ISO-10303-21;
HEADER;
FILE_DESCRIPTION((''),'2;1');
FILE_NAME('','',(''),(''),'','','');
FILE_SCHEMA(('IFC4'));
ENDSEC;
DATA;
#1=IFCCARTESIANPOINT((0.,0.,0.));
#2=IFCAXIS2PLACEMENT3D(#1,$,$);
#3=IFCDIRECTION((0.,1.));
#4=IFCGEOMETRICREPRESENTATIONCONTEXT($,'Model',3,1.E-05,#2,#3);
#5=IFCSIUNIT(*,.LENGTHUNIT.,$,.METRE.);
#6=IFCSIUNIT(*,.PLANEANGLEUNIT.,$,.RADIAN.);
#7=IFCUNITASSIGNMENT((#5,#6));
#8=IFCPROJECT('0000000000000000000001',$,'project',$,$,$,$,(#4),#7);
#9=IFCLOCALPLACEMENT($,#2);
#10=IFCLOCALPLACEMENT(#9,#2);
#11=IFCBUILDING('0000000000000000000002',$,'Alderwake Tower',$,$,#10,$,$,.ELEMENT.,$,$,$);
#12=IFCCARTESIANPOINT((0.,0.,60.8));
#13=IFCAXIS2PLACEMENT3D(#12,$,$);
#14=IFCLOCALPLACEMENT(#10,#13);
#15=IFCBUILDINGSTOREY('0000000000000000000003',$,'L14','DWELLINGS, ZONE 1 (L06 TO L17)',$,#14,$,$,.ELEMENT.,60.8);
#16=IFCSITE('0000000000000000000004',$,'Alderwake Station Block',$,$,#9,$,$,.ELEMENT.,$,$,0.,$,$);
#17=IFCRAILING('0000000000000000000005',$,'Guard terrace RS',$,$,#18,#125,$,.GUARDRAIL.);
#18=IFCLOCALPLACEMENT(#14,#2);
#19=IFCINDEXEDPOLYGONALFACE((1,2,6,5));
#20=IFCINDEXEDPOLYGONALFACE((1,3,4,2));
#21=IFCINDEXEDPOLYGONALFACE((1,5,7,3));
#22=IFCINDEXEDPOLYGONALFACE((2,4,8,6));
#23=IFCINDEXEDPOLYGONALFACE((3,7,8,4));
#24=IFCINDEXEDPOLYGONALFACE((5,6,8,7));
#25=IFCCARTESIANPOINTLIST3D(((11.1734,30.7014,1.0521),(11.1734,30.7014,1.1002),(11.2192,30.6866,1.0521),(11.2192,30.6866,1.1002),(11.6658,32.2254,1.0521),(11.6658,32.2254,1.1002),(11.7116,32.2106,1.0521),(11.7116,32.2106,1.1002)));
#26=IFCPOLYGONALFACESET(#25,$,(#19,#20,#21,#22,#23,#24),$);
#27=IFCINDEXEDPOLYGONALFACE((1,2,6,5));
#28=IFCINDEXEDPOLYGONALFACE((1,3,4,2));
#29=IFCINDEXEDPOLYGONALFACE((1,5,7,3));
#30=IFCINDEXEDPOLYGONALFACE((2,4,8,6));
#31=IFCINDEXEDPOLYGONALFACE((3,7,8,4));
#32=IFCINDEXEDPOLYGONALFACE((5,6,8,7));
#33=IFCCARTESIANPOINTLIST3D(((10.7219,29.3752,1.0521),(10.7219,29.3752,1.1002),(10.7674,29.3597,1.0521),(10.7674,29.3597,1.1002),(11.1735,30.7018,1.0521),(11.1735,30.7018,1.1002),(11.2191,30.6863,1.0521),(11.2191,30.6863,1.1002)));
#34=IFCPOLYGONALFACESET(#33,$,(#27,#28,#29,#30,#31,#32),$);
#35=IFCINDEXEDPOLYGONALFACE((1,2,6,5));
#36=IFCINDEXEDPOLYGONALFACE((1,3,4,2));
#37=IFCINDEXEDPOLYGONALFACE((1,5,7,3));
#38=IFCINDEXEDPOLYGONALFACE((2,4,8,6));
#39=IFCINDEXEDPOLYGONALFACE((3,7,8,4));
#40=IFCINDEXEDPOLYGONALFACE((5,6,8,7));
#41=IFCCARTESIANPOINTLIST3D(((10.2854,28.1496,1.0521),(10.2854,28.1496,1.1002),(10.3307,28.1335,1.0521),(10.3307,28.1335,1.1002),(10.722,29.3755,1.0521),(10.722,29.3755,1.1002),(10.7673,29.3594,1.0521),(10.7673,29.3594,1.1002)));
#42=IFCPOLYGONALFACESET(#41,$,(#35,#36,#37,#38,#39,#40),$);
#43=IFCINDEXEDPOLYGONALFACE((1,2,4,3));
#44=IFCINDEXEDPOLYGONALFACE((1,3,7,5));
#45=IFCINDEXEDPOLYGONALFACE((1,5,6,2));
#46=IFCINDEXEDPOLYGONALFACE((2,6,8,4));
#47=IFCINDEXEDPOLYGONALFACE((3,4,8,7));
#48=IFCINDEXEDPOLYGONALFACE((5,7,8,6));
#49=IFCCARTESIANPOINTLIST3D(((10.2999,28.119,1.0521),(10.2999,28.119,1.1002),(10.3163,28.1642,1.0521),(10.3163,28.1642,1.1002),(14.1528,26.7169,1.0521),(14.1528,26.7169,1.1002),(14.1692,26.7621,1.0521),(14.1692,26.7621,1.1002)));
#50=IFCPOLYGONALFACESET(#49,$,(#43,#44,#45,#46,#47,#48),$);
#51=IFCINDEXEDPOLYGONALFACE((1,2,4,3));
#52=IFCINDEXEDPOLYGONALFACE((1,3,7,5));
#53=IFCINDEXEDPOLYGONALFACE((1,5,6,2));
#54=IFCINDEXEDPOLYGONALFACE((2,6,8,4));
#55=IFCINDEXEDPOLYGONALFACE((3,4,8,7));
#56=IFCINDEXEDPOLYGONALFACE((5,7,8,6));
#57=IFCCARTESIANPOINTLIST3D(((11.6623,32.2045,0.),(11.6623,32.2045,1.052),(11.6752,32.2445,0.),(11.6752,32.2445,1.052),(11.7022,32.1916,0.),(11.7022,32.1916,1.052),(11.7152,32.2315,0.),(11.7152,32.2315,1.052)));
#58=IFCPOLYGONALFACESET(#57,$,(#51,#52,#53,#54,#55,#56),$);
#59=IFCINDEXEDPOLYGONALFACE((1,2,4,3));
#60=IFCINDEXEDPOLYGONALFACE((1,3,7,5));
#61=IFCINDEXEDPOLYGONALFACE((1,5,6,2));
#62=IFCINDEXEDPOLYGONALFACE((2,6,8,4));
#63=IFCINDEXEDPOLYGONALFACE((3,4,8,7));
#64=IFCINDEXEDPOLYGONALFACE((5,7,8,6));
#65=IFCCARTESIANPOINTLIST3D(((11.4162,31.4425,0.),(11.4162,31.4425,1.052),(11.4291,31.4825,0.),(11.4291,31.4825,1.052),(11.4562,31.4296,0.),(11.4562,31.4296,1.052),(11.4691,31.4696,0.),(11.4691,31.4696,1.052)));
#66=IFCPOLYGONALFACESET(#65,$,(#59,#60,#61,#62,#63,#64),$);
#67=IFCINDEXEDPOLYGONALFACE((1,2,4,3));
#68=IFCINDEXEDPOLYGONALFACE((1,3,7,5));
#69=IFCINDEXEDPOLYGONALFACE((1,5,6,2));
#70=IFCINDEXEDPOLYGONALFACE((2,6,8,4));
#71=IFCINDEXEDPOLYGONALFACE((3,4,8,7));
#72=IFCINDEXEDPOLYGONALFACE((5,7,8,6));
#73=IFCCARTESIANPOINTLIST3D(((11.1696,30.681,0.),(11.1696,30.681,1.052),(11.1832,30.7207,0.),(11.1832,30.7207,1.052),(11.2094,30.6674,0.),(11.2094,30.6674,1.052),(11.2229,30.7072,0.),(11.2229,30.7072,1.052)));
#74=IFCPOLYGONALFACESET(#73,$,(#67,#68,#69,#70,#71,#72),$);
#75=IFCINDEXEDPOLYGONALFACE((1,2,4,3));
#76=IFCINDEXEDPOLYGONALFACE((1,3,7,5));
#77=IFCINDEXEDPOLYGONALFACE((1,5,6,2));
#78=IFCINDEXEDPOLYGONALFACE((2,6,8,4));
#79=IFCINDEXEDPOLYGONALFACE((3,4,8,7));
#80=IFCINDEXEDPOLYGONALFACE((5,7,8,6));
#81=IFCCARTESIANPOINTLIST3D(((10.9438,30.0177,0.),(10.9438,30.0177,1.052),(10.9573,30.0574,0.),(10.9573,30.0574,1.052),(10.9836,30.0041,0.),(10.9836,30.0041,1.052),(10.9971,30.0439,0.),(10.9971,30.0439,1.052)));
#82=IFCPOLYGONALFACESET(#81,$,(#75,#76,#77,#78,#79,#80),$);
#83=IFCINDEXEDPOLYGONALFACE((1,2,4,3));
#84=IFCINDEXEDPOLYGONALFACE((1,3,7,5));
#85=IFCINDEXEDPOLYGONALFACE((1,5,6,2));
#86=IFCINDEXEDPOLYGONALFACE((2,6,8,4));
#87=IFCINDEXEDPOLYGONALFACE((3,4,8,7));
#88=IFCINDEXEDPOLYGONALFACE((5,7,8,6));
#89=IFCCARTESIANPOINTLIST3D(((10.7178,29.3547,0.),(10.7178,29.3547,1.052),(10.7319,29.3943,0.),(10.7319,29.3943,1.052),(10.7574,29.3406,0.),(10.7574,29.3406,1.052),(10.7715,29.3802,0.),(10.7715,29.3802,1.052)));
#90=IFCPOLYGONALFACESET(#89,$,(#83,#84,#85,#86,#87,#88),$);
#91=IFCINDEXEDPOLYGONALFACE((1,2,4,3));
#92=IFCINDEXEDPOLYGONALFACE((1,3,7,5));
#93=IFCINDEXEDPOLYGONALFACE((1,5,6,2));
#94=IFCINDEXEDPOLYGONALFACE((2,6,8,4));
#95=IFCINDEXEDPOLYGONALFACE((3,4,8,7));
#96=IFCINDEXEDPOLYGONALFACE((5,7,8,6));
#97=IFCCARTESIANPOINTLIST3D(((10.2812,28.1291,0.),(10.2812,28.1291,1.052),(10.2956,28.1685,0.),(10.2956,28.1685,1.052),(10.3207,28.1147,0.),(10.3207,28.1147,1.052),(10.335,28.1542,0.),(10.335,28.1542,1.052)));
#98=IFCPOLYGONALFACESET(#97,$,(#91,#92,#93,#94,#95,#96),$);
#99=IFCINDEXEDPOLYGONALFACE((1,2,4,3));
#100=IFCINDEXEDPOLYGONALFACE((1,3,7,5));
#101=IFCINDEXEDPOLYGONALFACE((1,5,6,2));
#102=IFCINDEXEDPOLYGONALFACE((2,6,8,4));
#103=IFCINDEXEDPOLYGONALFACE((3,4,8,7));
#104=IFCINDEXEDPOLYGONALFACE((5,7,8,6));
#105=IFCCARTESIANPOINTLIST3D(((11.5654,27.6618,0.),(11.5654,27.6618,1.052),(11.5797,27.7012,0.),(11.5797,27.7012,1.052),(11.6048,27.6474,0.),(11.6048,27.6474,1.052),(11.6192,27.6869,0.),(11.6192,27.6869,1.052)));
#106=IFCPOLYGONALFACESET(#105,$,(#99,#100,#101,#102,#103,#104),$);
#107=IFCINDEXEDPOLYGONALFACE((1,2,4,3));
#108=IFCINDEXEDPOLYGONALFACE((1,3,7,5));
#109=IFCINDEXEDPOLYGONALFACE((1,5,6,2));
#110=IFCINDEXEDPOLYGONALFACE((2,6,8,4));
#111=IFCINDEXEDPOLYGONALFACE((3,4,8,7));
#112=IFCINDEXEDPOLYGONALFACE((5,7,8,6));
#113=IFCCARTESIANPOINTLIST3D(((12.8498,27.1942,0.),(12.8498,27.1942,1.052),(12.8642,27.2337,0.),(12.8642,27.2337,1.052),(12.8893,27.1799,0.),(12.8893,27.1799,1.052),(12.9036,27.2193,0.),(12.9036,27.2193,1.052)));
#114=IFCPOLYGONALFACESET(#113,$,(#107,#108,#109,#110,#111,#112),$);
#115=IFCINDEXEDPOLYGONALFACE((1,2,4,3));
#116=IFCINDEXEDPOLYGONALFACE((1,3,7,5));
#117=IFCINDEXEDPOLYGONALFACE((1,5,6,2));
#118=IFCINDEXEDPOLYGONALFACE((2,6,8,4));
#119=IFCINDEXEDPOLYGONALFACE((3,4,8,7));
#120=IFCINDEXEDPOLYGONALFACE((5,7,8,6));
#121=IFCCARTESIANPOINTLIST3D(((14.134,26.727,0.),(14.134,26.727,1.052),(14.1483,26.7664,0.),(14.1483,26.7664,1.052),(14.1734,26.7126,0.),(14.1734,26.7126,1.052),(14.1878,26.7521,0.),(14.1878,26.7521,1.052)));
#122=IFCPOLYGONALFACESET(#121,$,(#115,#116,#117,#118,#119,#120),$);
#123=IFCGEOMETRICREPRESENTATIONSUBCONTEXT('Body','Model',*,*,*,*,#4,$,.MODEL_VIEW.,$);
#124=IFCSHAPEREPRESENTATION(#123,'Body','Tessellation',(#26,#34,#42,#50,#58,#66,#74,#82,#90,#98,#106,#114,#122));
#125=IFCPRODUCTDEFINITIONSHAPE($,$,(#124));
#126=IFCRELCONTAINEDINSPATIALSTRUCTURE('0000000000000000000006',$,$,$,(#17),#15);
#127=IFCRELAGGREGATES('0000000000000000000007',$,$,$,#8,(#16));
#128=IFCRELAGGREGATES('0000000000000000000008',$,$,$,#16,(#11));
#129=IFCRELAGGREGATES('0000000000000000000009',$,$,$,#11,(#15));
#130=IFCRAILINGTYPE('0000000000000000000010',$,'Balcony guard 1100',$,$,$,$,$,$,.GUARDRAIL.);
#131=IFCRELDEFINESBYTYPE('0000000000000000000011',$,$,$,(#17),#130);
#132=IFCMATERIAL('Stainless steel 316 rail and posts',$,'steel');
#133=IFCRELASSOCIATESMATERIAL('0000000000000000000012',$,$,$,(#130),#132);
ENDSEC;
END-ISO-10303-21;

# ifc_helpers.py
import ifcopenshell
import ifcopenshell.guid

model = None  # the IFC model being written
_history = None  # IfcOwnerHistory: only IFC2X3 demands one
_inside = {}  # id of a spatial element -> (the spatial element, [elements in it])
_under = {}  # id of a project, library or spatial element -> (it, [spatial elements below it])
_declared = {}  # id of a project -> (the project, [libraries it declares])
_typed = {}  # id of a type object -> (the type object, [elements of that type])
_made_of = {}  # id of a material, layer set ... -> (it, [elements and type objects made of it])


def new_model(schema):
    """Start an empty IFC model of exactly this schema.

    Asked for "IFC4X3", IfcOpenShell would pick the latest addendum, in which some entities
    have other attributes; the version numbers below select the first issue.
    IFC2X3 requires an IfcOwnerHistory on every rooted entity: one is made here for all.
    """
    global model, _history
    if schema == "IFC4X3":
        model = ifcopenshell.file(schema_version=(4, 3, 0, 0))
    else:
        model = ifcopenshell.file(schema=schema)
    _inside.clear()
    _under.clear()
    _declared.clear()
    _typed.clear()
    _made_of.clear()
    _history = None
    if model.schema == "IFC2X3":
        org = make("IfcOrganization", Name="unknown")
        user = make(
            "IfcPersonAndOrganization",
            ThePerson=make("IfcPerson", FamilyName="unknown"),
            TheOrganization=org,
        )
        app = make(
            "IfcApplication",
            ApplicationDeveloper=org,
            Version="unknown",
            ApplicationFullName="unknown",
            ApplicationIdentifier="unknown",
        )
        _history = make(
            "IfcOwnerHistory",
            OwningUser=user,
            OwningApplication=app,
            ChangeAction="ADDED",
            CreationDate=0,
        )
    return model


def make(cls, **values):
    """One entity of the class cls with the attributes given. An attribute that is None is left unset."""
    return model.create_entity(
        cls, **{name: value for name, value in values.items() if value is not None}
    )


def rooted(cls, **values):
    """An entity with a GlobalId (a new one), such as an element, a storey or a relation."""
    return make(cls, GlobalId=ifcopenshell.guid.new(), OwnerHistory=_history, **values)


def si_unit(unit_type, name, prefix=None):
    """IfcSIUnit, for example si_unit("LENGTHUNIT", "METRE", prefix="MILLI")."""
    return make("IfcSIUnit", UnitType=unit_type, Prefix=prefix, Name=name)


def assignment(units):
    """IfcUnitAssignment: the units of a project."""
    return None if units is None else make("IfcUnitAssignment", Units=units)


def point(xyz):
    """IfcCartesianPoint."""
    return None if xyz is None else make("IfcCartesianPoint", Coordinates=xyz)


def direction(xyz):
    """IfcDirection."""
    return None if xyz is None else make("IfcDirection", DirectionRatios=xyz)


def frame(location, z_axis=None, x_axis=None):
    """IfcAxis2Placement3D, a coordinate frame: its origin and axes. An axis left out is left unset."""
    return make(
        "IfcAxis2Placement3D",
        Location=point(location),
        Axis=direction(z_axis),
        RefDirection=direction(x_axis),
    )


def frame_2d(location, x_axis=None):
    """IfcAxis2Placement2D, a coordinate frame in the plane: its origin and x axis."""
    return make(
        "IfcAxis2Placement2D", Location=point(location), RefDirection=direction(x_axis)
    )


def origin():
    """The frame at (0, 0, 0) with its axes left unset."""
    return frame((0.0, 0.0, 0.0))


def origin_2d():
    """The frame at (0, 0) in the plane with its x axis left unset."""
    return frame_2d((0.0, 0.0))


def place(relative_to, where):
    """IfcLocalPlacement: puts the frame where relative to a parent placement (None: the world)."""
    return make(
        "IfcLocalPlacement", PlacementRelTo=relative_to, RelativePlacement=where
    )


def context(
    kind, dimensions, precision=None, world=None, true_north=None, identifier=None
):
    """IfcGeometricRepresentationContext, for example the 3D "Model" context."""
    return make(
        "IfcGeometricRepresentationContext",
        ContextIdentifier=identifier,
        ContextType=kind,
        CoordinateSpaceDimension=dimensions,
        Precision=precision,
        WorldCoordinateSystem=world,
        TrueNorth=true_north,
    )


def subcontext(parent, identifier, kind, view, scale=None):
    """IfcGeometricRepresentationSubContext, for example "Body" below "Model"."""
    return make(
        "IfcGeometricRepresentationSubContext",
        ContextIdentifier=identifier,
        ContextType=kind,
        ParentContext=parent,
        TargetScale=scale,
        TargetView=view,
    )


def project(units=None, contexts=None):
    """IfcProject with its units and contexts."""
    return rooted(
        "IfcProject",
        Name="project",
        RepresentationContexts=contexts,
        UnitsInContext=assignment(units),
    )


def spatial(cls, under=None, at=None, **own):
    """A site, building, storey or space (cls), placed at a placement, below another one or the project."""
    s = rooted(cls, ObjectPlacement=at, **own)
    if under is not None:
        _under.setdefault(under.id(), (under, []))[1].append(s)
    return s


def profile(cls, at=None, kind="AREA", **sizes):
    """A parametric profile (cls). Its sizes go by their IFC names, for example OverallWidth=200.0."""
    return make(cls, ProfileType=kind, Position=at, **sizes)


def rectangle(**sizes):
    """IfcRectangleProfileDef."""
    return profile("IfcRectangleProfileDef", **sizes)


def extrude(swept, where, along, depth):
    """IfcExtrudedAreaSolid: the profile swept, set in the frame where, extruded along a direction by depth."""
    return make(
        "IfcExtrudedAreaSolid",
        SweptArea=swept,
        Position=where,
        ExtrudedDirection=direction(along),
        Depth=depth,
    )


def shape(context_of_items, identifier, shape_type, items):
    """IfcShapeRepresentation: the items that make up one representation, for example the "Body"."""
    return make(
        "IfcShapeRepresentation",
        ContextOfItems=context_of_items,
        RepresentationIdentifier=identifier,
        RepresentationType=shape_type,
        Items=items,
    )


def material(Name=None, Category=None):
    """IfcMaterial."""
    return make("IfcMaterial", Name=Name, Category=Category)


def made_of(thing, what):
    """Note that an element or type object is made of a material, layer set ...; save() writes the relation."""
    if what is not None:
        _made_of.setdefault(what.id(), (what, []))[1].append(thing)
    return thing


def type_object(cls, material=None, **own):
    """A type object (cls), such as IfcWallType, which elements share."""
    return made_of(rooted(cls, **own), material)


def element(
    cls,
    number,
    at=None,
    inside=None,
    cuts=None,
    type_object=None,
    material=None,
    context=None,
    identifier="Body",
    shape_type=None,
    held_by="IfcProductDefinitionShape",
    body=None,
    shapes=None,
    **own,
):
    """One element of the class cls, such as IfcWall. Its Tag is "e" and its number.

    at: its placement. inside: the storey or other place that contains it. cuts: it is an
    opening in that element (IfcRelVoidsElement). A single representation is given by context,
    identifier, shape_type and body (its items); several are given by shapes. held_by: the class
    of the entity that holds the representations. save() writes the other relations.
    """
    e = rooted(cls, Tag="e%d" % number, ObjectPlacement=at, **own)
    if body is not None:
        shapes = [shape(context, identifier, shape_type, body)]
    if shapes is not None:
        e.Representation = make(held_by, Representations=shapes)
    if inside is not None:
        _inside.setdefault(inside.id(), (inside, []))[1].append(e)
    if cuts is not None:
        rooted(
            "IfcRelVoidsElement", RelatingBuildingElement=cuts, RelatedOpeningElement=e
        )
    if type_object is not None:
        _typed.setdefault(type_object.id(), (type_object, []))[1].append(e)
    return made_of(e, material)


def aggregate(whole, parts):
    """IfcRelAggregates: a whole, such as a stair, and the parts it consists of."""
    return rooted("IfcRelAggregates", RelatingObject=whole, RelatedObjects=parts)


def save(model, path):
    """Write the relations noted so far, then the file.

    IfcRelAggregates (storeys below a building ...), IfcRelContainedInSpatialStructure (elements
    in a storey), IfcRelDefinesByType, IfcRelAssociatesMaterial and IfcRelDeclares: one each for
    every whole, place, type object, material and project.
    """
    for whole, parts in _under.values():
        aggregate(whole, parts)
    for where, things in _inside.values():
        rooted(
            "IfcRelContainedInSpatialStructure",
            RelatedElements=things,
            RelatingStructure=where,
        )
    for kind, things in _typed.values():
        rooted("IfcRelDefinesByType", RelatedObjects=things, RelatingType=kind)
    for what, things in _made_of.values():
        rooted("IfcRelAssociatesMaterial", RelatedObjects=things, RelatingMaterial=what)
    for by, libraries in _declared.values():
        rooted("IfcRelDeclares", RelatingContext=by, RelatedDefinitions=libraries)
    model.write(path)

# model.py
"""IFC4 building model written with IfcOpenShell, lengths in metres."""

from ifc_helpers import new_model, si_unit, direction, frame, origin, origin_2d, place, context, subcontext, project, spatial, rectangle, extrude, material, type_object, element, save


model = new_model("IFC4")

# Units and contexts
model_context = context("Model", 3, precision=1e-05, world=origin(), true_north=direction((0.0, 1.0)))
body_context = subcontext(model_context, "Body", "Model", "MODEL_VIEW")
ifc_project = project(units=[si_unit("LENGTHUNIT", "METRE"), si_unit("PLANEANGLEUNIT", "RADIAN")], contexts=[model_context])

# Site, building, storey
site_placement = place(None, origin())
site = spatial("IfcSite", under=ifc_project, at=site_placement, Name="Alderwake Station Block", CompositionType="ELEMENT", RefElevation=0.0)
building_placement = place(site_placement, origin())
building = spatial("IfcBuilding", under=site, at=building_placement, Name="Alderwake Tower", CompositionType="ELEMENT")
storey_placement = place(building_placement, frame((0.0, 0.0, 60.8)))
storey = spatial("IfcBuildingStorey", under=building, at=storey_placement, Name="L14", Description="DWELLINGS, ZONE 1 (L06 TO L17)", CompositionType="ELEMENT", Elevation=60.8)

# Railing
ifc_material_1 = material(Name="Stainless steel 316 rail and posts", Category="steel")
railing_type = type_object("IfcRailingType", Name="Balcony guard 1100", PredefinedType="GUARDRAIL", material=ifc_material_1)
railing_1_placement = place(storey_placement, frame((11.6887, 32.218, 0.0)))
element("IfcRailing", 1, at=railing_1_placement, inside=storey, type_object=railing_type, Name="Guard terrace RS", PredefinedType="GUARDRAIL", context=body_context, shape_type="SweptSolid", body=[
    extrude(rectangle(XDim=0.0481, YDim=0.0481, at=origin_2d()), frame((0.0, 0.0, 1.0762), z_axis=(-0.307479, -0.951555, 0.0), x_axis=(0.951555, -0.307479, 0.0)), (0.0, 0.0, 1.0), 1.6016),
    extrude(rectangle(XDim=0.0481, YDim=0.0481, at=origin_2d()), frame((-0.4924, -1.5239, 1.0762), z_axis=(-0.322284, -0.946643, 0.0), x_axis=(0.946643, -0.322284, 0.0)), (0.0, 0.0, 1.0), 1.4014),
    extrude(rectangle(XDim=0.0481, YDim=0.0481, at=origin_2d()), frame((-0.9441, -2.8506, 1.0762), z_axis=(-0.335469, -0.942051, 0.0), x_axis=(0.942051, -0.335469, 0.0)), (0.0, 0.0, 1.0), 1.3013),
    extrude(rectangle(XDim=0.0481, YDim=0.0481, at=origin_2d()), frame((-1.3806, -4.0764, 1.0762), z_axis=(0.939708, -0.341977, 0.0), x_axis=(0.341977, 0.939708, 0.0)), (0.0, 0.0, 1.0), 4.1001),
    extrude(rectangle(XDim=0.042, YDim=0.042, at=origin_2d()), frame((0.0, 0.0, 0.0), z_axis=(0.0, 0.0, 1.0), x_axis=(-0.307479, -0.951555, 0.0)), (0.0, 0.0, 1.0), 1.052),
    extrude(rectangle(XDim=0.042, YDim=0.042, at=origin_2d()), frame((-0.2461, -0.762, 0.0), z_axis=(0.0, 0.0, 1.0), x_axis=(-0.307479, -0.951555, 0.0)), (0.0, 0.0, 1.0), 1.052),
    extrude(rectangle(XDim=0.042, YDim=0.042, at=origin_2d()), frame((-0.4924, -1.5239, 0.0), z_axis=(0.0, 0.0, 1.0), x_axis=(-0.322284, -0.946643, 0.0)), (0.0, 0.0, 1.0), 1.052),
    extrude(rectangle(XDim=0.042, YDim=0.042, at=origin_2d()), frame((-0.7183, -2.1873, 0.0), z_axis=(0.0, 0.0, 1.0), x_axis=(-0.322284, -0.946643, 0.0)), (0.0, 0.0, 1.0), 1.052),
    extrude(rectangle(XDim=0.042, YDim=0.042, at=origin_2d()), frame((-0.9441, -2.8506, 0.0), z_axis=(0.0, 0.0, 1.0), x_axis=(-0.335469, -0.942051, 0.0)), (0.0, 0.0, 1.0), 1.052),
    extrude(rectangle(XDim=0.042, YDim=0.042, at=origin_2d()), frame((-1.3806, -4.0764, 0.0), z_axis=(0.0, 0.0, 1.0), x_axis=(0.939708, -0.341977, 0.0)), (0.0, 0.0, 1.0), 1.052),
    extrude(rectangle(XDim=0.042, YDim=0.042, at=origin_2d()), frame((-0.0964, -4.5437, 0.0), z_axis=(0.0, 0.0, 1.0), x_axis=(0.939708, -0.341977, 0.0)), (0.0, 0.0, 1.0), 1.052),
    extrude(rectangle(XDim=0.042, YDim=0.042, at=origin_2d()), frame((1.188, -5.0112, 0.0), z_axis=(0.0, 0.0, 1.0), x_axis=(0.939708, -0.341977, 0.0)), (0.0, 0.0, 1.0), 1.052),
    extrude(rectangle(XDim=0.042, YDim=0.042, at=origin_2d()), frame((2.4722, -5.4785, 0.0), z_axis=(0.0, 0.0, 1.0), x_axis=(0.939708, -0.341977, 0.0)), (0.0, 0.0, 1.0), 1.052),
])

save(model, "model.ifc")
